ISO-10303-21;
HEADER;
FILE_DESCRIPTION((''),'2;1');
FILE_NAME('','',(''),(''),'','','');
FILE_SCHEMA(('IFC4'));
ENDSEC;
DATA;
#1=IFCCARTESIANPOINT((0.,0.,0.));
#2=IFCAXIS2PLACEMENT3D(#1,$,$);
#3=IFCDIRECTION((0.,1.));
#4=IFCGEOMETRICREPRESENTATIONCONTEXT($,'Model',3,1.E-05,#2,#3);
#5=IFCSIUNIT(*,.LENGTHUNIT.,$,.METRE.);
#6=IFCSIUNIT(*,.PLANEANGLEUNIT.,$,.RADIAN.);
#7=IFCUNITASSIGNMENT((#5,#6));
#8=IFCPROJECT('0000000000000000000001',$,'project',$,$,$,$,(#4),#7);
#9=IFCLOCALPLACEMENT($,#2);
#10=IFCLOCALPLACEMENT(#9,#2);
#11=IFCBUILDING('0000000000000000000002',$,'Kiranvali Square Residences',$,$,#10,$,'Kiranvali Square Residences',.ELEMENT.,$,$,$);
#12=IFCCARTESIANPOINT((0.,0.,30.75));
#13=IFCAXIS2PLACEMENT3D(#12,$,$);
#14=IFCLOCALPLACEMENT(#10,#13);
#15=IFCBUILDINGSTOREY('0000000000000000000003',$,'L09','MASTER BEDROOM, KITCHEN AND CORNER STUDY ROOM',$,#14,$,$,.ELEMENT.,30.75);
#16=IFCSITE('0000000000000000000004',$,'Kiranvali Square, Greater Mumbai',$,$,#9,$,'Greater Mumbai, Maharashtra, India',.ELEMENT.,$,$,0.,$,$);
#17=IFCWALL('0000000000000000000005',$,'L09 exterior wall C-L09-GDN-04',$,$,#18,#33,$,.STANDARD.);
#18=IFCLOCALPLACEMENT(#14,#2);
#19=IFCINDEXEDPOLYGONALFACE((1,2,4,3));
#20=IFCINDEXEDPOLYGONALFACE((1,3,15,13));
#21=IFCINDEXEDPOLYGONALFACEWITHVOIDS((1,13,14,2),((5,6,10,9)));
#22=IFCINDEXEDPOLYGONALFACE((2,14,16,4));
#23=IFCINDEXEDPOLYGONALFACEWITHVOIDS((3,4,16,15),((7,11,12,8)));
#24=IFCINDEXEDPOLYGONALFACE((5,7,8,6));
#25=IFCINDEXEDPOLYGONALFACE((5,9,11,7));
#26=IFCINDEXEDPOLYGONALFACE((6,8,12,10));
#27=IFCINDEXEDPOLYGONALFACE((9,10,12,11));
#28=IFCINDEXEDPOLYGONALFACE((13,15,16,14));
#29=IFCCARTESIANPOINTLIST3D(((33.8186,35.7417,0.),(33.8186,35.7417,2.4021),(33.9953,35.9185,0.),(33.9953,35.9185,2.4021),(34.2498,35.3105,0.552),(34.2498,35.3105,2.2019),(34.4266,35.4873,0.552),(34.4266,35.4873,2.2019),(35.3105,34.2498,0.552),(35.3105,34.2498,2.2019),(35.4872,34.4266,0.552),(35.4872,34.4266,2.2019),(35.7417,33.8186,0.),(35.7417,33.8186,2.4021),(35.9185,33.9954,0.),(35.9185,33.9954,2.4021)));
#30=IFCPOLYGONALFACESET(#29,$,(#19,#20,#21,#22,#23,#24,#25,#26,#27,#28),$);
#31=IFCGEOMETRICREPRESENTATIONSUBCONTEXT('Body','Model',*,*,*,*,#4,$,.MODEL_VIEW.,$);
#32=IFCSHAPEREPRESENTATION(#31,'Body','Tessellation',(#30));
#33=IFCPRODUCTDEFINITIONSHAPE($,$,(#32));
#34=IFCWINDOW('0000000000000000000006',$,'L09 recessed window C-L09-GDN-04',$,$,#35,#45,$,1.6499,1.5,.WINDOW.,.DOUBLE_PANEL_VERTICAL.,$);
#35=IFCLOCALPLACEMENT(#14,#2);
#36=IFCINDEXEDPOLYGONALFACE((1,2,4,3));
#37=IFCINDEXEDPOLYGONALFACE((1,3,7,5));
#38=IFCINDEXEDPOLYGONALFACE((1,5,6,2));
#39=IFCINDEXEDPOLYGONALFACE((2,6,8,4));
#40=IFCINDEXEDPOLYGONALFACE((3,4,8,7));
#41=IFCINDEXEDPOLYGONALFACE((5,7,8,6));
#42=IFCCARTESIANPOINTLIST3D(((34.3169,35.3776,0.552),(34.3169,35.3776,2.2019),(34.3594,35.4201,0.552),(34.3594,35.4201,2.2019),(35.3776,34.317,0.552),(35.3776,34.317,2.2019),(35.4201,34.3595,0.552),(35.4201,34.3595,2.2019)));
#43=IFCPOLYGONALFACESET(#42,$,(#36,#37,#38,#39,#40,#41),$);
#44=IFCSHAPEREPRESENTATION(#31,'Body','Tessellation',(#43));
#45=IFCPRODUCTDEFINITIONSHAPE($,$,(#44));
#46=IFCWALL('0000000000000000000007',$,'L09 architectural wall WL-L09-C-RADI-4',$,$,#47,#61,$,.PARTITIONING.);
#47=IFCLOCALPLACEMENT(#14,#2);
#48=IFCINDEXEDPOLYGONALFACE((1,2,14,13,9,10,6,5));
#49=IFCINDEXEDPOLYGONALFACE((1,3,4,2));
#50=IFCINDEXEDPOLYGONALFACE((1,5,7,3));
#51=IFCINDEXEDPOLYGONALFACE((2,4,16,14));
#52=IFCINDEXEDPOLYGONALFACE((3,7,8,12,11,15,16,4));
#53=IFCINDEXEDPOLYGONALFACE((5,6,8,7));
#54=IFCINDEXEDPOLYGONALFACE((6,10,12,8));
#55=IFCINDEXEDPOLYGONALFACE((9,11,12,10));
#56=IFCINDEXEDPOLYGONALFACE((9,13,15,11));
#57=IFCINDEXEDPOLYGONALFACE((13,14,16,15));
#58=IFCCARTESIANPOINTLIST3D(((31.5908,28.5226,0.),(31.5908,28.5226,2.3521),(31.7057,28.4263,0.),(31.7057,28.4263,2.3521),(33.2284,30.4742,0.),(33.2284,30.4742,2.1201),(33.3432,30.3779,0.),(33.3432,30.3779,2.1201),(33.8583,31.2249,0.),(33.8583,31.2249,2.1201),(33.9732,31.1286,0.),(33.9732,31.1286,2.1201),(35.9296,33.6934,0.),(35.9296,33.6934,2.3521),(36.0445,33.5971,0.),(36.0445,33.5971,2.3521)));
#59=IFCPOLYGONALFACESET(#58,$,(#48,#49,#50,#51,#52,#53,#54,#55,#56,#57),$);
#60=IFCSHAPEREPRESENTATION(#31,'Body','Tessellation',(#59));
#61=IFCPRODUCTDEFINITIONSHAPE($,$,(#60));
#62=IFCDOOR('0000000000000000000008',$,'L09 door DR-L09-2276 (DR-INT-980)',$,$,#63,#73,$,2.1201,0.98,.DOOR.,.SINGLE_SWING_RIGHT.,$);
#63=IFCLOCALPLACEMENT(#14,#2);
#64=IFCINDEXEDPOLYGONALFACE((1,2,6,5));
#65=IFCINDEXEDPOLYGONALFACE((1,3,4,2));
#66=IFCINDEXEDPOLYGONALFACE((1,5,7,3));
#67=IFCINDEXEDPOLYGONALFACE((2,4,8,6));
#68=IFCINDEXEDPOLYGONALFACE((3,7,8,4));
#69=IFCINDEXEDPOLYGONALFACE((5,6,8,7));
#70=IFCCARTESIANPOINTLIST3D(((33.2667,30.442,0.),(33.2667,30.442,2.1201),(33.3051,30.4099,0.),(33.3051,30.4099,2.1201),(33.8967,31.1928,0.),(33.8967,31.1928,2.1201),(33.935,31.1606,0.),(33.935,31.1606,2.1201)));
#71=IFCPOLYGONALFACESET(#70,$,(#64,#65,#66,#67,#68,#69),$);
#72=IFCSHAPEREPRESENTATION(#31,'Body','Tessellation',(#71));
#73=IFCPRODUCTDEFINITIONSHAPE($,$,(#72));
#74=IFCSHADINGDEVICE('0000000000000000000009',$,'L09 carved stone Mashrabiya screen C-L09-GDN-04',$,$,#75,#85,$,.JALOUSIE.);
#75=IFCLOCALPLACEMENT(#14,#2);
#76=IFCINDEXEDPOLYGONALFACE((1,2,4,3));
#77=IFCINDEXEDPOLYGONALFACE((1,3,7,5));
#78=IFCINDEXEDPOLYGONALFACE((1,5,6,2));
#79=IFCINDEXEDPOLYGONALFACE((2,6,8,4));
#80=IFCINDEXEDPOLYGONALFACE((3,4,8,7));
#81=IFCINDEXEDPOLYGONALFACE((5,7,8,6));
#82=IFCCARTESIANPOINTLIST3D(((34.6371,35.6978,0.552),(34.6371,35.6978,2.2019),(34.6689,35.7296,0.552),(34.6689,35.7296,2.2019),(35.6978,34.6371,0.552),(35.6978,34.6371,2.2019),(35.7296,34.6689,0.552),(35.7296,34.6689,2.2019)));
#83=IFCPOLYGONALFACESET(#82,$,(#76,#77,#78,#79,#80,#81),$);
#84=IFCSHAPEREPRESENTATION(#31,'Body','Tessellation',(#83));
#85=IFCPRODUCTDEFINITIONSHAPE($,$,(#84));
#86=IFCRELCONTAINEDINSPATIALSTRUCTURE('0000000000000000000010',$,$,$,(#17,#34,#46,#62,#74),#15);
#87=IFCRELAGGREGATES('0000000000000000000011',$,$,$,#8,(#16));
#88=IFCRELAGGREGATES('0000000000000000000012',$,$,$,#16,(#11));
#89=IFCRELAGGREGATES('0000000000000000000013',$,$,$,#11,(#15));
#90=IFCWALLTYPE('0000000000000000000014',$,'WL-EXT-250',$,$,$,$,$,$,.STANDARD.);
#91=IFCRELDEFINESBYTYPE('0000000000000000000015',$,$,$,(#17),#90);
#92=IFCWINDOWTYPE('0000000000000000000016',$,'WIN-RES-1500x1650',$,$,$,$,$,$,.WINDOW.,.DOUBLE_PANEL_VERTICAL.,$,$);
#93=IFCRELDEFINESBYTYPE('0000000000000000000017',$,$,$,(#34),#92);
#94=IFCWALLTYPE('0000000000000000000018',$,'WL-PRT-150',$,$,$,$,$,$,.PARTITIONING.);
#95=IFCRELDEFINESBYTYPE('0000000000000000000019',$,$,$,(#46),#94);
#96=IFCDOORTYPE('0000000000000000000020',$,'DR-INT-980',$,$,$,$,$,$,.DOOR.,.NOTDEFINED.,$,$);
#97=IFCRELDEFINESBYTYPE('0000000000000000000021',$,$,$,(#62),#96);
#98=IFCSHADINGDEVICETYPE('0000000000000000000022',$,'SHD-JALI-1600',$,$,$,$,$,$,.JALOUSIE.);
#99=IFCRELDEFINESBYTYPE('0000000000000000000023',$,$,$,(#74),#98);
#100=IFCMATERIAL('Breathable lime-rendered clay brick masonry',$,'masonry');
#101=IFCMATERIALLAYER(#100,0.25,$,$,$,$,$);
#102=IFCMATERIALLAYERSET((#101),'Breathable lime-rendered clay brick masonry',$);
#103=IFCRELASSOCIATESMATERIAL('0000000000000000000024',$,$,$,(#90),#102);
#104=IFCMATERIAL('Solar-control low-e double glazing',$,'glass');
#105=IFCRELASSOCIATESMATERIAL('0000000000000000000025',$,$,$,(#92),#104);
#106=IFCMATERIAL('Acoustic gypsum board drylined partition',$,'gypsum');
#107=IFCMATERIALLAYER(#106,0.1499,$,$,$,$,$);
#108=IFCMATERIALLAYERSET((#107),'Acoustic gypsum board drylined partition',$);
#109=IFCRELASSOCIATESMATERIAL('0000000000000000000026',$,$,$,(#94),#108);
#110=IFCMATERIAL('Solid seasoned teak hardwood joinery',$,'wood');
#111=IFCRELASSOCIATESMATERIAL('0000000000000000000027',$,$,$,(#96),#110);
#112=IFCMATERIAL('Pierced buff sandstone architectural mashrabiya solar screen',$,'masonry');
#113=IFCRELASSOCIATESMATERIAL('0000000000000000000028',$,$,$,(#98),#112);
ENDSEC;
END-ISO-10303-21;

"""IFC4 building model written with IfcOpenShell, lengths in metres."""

from ifc_helpers import new_model, si_unit, direction, frame, frame_2d, origin, origin_2d, place, context, subcontext, project, spatial, rectangle, extrude, material, layer, layer_set, type_object, element, fill, save


model = new_model("IFC4")

# Units and contexts
model_context = context("Model", 3, precision=1e-05, world=origin(), true_north=direction((0.0, 1.0)))
body_context = subcontext(model_context, "Body", "Model", "MODEL_VIEW")
ifc_project = project(units=[si_unit("LENGTHUNIT", "METRE"), si_unit("PLANEANGLEUNIT", "RADIAN")], contexts=[model_context])

# Site, building, storey
site_placement = place(None, origin())
site = spatial("IfcSite", under=ifc_project, at=site_placement, Name="Kiranvali Square, Greater Mumbai", LongName="Greater Mumbai, Maharashtra, India", CompositionType="ELEMENT", RefElevation=0.0)
building_placement = place(site_placement, origin())
building = spatial("IfcBuilding", under=site, at=building_placement, Name="Kiranvali Square Residences", LongName="Kiranvali Square Residences", CompositionType="ELEMENT")
storey_placement = place(building_placement, frame((0.0, 0.0, 30.75)))
storey = spatial("IfcBuildingStorey", under=building, at=storey_placement, Name="L09", Description="MASTER BEDROOM, KITCHEN AND CORNER STUDY ROOM", CompositionType="ELEMENT", Elevation=30.75)

# Wall, opening, window
ifc_material_1 = material(Name="Breathable lime-rendered clay brick masonry", Category="masonry")
ifc_layer_1 = layer(ifc_material_1, 0.25)
ifc_layer_set_1 = layer_set([ifc_layer_1], Name="Breathable lime-rendered clay brick masonry")
wall_type_1 = type_object("IfcWallType", Name="WL-EXT-250", PredefinedType="STANDARD", material=ifc_layer_set_1)
ifc_material_2 = material(Name="Solar-control low-e double glazing", Category="glass")
wall_1_placement = place(storey_placement, frame((35.8301, 33.907, 0.0), z_axis=(0.0, 0.0, 1.0), x_axis=(-0.707107, 0.707107, 0.0)))
wall_1 = element("IfcWall", 1, at=wall_1_placement, inside=storey, type_object=wall_type_1, Name="L09 exterior wall C-L09-GDN-04", PredefinedType="STANDARD", context=body_context, shape_type="SweptSolid", body=[
    extrude(rectangle(XDim=2.7197, YDim=0.25, at=frame_2d((1.3599, 0.0))), origin(), (0.0, 0.0, 1.0), 2.4021),
])
opening_1_placement = place(wall_1_placement, frame((0.6099, 0.0, 0.552)))
opening_1 = element("IfcOpeningElement", 2, at=opening_1_placement, cuts=wall_1, PredefinedType="OPENING", context=body_context, shape_type="SweptSolid", body=[
    extrude(rectangle(XDim=1.5, YDim=1.6499, at=frame_2d((0.75, 0.825))), frame((0.0, 0.135, 0.0), z_axis=(0.0, -1.0, 0.0), x_axis=(1.0, 0.0, 0.0)), (0.0, 0.0, 1.0), 0.27),
])
window_type_1 = type_object("IfcWindowType", Name="WIN-RES-1500x1650", PartitioningType="DOUBLE_PANEL_VERTICAL", PredefinedType="WINDOW", material=ifc_material_2)
window_1_placement = place(opening_1_placement, origin())
window_1 = element("IfcWindow", 3, at=window_1_placement, inside=storey, type_object=window_type_1, Name="L09 recessed window C-L09-GDN-04", OverallHeight=1.6499, OverallWidth=1.5, PartitioningType="DOUBLE_PANEL_VERTICAL", PredefinedType="WINDOW", context=body_context, shape_type="SweptSolid", body=[
    extrude(rectangle(XDim=1.5, YDim=1.6499, at=frame_2d((0.75, 0.825))), frame((0.0, 0.03, 0.0), z_axis=(0.0, -1.0, 0.0), x_axis=(1.0, 0.0, 0.0)), (0.0, 0.0, 1.0), 0.0601),
])
fill(opening_1, window_1)

# Wall, opening, door
ifc_material_3 = material(Name="Acoustic gypsum board drylined partition", Category="gypsum")
ifc_layer_2 = layer(ifc_material_3, 0.1499)
ifc_layer_set_2 = layer_set([ifc_layer_2], Name="Acoustic gypsum board drylined partition")
wall_type_2 = type_object("IfcWallType", Name="WL-PRT-150", PredefinedType="PARTITIONING", material=ifc_layer_set_2)
wall_2_placement = place(storey_placement, frame((35.9871, 33.6453, 0.0), z_axis=(0.0, 0.0, 1.0), x_axis=(-0.642785, -0.766047, 0.0)))
wall_2 = element("IfcWall", 4, at=wall_2_placement, inside=storey, type_object=wall_type_2, Name="L09 architectural wall WL-L09-C-RADI-4", PredefinedType="PARTITIONING", context=body_context, shape_type="SweptSolid", body=[
    extrude(rectangle(XDim=6.75, YDim=0.1499, at=frame_2d((3.375, 0.0))), origin(), (0.0, 0.0, 1.0), 2.3521),
])
opening_2_placement = place(wall_2_placement, frame((3.2224, 0.0, 0.0)))
opening_2 = element("IfcOpeningElement", 5, at=opening_2_placement, cuts=wall_2, PredefinedType="OPENING", context=body_context, shape_type="SweptSolid", body=[
    extrude(rectangle(XDim=0.98, YDim=2.1201, at=frame_2d((0.49, 1.0601))), frame((0.0, 0.085, 0.0), z_axis=(0.0, -1.0, 0.0), x_axis=(1.0, 0.0, 0.0)), (0.0, 0.0, 1.0), 0.1699),
])
ifc_material_4 = material(Name="Solid seasoned teak hardwood joinery", Category="wood")
door_type_1 = type_object("IfcDoorType", Name="DR-INT-980", OperationType="NOTDEFINED", PredefinedType="DOOR", material=ifc_material_4)
door_1_placement = place(opening_2_placement, frame((0.98, 0.0, 0.0), z_axis=(0.0, 0.0, 1.0), x_axis=(-1.0, 0.0, 0.0)))
door_1 = element("IfcDoor", 6, at=door_1_placement, inside=storey, type_object=door_type_1, Name="L09 door DR-L09-2276 (DR-INT-980)", OperationType="SINGLE_SWING_RIGHT", OverallHeight=2.1201, OverallWidth=0.98, PredefinedType="DOOR", context=body_context, shape_type="SweptSolid", body=[
    extrude(rectangle(XDim=0.98, YDim=2.1201, at=frame_2d((0.49, 1.0601))), frame((0.0, 0.0249, 0.0), z_axis=(0.0, -1.0, 0.0), x_axis=(1.0, 0.0, 0.0)), (0.0, 0.0, 1.0), 0.05),
])
fill(opening_2, door_1)

# Shading device
ifc_material_5 = material(Name="Pierced buff sandstone architectural mashrabiya solar screen", Category="masonry")
shading_device_type = type_object("IfcShadingDeviceType", Name="SHD-JALI-1600", PredefinedType="JALOUSIE", material=ifc_material_5)
shading_device_placement = place(storey_placement, frame((35.1833, 35.1833, 0.552), z_axis=(0.0, 0.0, 1.0), x_axis=(-0.707107, 0.707107, 0.0)))
element("IfcShadingDevice", 7, at=shading_device_placement, inside=storey, type_object=shading_device_type, Name="L09 carved stone Mashrabiya screen C-L09-GDN-04", PredefinedType="JALOUSIE", context=body_context, shape_type="SweptSolid", body=[
    extrude(rectangle(XDim=1.5, YDim=0.0449, at=origin_2d()), origin(), (0.0, 0.0, 1.0), 1.6499),
])

save(model, "model.ifc")
